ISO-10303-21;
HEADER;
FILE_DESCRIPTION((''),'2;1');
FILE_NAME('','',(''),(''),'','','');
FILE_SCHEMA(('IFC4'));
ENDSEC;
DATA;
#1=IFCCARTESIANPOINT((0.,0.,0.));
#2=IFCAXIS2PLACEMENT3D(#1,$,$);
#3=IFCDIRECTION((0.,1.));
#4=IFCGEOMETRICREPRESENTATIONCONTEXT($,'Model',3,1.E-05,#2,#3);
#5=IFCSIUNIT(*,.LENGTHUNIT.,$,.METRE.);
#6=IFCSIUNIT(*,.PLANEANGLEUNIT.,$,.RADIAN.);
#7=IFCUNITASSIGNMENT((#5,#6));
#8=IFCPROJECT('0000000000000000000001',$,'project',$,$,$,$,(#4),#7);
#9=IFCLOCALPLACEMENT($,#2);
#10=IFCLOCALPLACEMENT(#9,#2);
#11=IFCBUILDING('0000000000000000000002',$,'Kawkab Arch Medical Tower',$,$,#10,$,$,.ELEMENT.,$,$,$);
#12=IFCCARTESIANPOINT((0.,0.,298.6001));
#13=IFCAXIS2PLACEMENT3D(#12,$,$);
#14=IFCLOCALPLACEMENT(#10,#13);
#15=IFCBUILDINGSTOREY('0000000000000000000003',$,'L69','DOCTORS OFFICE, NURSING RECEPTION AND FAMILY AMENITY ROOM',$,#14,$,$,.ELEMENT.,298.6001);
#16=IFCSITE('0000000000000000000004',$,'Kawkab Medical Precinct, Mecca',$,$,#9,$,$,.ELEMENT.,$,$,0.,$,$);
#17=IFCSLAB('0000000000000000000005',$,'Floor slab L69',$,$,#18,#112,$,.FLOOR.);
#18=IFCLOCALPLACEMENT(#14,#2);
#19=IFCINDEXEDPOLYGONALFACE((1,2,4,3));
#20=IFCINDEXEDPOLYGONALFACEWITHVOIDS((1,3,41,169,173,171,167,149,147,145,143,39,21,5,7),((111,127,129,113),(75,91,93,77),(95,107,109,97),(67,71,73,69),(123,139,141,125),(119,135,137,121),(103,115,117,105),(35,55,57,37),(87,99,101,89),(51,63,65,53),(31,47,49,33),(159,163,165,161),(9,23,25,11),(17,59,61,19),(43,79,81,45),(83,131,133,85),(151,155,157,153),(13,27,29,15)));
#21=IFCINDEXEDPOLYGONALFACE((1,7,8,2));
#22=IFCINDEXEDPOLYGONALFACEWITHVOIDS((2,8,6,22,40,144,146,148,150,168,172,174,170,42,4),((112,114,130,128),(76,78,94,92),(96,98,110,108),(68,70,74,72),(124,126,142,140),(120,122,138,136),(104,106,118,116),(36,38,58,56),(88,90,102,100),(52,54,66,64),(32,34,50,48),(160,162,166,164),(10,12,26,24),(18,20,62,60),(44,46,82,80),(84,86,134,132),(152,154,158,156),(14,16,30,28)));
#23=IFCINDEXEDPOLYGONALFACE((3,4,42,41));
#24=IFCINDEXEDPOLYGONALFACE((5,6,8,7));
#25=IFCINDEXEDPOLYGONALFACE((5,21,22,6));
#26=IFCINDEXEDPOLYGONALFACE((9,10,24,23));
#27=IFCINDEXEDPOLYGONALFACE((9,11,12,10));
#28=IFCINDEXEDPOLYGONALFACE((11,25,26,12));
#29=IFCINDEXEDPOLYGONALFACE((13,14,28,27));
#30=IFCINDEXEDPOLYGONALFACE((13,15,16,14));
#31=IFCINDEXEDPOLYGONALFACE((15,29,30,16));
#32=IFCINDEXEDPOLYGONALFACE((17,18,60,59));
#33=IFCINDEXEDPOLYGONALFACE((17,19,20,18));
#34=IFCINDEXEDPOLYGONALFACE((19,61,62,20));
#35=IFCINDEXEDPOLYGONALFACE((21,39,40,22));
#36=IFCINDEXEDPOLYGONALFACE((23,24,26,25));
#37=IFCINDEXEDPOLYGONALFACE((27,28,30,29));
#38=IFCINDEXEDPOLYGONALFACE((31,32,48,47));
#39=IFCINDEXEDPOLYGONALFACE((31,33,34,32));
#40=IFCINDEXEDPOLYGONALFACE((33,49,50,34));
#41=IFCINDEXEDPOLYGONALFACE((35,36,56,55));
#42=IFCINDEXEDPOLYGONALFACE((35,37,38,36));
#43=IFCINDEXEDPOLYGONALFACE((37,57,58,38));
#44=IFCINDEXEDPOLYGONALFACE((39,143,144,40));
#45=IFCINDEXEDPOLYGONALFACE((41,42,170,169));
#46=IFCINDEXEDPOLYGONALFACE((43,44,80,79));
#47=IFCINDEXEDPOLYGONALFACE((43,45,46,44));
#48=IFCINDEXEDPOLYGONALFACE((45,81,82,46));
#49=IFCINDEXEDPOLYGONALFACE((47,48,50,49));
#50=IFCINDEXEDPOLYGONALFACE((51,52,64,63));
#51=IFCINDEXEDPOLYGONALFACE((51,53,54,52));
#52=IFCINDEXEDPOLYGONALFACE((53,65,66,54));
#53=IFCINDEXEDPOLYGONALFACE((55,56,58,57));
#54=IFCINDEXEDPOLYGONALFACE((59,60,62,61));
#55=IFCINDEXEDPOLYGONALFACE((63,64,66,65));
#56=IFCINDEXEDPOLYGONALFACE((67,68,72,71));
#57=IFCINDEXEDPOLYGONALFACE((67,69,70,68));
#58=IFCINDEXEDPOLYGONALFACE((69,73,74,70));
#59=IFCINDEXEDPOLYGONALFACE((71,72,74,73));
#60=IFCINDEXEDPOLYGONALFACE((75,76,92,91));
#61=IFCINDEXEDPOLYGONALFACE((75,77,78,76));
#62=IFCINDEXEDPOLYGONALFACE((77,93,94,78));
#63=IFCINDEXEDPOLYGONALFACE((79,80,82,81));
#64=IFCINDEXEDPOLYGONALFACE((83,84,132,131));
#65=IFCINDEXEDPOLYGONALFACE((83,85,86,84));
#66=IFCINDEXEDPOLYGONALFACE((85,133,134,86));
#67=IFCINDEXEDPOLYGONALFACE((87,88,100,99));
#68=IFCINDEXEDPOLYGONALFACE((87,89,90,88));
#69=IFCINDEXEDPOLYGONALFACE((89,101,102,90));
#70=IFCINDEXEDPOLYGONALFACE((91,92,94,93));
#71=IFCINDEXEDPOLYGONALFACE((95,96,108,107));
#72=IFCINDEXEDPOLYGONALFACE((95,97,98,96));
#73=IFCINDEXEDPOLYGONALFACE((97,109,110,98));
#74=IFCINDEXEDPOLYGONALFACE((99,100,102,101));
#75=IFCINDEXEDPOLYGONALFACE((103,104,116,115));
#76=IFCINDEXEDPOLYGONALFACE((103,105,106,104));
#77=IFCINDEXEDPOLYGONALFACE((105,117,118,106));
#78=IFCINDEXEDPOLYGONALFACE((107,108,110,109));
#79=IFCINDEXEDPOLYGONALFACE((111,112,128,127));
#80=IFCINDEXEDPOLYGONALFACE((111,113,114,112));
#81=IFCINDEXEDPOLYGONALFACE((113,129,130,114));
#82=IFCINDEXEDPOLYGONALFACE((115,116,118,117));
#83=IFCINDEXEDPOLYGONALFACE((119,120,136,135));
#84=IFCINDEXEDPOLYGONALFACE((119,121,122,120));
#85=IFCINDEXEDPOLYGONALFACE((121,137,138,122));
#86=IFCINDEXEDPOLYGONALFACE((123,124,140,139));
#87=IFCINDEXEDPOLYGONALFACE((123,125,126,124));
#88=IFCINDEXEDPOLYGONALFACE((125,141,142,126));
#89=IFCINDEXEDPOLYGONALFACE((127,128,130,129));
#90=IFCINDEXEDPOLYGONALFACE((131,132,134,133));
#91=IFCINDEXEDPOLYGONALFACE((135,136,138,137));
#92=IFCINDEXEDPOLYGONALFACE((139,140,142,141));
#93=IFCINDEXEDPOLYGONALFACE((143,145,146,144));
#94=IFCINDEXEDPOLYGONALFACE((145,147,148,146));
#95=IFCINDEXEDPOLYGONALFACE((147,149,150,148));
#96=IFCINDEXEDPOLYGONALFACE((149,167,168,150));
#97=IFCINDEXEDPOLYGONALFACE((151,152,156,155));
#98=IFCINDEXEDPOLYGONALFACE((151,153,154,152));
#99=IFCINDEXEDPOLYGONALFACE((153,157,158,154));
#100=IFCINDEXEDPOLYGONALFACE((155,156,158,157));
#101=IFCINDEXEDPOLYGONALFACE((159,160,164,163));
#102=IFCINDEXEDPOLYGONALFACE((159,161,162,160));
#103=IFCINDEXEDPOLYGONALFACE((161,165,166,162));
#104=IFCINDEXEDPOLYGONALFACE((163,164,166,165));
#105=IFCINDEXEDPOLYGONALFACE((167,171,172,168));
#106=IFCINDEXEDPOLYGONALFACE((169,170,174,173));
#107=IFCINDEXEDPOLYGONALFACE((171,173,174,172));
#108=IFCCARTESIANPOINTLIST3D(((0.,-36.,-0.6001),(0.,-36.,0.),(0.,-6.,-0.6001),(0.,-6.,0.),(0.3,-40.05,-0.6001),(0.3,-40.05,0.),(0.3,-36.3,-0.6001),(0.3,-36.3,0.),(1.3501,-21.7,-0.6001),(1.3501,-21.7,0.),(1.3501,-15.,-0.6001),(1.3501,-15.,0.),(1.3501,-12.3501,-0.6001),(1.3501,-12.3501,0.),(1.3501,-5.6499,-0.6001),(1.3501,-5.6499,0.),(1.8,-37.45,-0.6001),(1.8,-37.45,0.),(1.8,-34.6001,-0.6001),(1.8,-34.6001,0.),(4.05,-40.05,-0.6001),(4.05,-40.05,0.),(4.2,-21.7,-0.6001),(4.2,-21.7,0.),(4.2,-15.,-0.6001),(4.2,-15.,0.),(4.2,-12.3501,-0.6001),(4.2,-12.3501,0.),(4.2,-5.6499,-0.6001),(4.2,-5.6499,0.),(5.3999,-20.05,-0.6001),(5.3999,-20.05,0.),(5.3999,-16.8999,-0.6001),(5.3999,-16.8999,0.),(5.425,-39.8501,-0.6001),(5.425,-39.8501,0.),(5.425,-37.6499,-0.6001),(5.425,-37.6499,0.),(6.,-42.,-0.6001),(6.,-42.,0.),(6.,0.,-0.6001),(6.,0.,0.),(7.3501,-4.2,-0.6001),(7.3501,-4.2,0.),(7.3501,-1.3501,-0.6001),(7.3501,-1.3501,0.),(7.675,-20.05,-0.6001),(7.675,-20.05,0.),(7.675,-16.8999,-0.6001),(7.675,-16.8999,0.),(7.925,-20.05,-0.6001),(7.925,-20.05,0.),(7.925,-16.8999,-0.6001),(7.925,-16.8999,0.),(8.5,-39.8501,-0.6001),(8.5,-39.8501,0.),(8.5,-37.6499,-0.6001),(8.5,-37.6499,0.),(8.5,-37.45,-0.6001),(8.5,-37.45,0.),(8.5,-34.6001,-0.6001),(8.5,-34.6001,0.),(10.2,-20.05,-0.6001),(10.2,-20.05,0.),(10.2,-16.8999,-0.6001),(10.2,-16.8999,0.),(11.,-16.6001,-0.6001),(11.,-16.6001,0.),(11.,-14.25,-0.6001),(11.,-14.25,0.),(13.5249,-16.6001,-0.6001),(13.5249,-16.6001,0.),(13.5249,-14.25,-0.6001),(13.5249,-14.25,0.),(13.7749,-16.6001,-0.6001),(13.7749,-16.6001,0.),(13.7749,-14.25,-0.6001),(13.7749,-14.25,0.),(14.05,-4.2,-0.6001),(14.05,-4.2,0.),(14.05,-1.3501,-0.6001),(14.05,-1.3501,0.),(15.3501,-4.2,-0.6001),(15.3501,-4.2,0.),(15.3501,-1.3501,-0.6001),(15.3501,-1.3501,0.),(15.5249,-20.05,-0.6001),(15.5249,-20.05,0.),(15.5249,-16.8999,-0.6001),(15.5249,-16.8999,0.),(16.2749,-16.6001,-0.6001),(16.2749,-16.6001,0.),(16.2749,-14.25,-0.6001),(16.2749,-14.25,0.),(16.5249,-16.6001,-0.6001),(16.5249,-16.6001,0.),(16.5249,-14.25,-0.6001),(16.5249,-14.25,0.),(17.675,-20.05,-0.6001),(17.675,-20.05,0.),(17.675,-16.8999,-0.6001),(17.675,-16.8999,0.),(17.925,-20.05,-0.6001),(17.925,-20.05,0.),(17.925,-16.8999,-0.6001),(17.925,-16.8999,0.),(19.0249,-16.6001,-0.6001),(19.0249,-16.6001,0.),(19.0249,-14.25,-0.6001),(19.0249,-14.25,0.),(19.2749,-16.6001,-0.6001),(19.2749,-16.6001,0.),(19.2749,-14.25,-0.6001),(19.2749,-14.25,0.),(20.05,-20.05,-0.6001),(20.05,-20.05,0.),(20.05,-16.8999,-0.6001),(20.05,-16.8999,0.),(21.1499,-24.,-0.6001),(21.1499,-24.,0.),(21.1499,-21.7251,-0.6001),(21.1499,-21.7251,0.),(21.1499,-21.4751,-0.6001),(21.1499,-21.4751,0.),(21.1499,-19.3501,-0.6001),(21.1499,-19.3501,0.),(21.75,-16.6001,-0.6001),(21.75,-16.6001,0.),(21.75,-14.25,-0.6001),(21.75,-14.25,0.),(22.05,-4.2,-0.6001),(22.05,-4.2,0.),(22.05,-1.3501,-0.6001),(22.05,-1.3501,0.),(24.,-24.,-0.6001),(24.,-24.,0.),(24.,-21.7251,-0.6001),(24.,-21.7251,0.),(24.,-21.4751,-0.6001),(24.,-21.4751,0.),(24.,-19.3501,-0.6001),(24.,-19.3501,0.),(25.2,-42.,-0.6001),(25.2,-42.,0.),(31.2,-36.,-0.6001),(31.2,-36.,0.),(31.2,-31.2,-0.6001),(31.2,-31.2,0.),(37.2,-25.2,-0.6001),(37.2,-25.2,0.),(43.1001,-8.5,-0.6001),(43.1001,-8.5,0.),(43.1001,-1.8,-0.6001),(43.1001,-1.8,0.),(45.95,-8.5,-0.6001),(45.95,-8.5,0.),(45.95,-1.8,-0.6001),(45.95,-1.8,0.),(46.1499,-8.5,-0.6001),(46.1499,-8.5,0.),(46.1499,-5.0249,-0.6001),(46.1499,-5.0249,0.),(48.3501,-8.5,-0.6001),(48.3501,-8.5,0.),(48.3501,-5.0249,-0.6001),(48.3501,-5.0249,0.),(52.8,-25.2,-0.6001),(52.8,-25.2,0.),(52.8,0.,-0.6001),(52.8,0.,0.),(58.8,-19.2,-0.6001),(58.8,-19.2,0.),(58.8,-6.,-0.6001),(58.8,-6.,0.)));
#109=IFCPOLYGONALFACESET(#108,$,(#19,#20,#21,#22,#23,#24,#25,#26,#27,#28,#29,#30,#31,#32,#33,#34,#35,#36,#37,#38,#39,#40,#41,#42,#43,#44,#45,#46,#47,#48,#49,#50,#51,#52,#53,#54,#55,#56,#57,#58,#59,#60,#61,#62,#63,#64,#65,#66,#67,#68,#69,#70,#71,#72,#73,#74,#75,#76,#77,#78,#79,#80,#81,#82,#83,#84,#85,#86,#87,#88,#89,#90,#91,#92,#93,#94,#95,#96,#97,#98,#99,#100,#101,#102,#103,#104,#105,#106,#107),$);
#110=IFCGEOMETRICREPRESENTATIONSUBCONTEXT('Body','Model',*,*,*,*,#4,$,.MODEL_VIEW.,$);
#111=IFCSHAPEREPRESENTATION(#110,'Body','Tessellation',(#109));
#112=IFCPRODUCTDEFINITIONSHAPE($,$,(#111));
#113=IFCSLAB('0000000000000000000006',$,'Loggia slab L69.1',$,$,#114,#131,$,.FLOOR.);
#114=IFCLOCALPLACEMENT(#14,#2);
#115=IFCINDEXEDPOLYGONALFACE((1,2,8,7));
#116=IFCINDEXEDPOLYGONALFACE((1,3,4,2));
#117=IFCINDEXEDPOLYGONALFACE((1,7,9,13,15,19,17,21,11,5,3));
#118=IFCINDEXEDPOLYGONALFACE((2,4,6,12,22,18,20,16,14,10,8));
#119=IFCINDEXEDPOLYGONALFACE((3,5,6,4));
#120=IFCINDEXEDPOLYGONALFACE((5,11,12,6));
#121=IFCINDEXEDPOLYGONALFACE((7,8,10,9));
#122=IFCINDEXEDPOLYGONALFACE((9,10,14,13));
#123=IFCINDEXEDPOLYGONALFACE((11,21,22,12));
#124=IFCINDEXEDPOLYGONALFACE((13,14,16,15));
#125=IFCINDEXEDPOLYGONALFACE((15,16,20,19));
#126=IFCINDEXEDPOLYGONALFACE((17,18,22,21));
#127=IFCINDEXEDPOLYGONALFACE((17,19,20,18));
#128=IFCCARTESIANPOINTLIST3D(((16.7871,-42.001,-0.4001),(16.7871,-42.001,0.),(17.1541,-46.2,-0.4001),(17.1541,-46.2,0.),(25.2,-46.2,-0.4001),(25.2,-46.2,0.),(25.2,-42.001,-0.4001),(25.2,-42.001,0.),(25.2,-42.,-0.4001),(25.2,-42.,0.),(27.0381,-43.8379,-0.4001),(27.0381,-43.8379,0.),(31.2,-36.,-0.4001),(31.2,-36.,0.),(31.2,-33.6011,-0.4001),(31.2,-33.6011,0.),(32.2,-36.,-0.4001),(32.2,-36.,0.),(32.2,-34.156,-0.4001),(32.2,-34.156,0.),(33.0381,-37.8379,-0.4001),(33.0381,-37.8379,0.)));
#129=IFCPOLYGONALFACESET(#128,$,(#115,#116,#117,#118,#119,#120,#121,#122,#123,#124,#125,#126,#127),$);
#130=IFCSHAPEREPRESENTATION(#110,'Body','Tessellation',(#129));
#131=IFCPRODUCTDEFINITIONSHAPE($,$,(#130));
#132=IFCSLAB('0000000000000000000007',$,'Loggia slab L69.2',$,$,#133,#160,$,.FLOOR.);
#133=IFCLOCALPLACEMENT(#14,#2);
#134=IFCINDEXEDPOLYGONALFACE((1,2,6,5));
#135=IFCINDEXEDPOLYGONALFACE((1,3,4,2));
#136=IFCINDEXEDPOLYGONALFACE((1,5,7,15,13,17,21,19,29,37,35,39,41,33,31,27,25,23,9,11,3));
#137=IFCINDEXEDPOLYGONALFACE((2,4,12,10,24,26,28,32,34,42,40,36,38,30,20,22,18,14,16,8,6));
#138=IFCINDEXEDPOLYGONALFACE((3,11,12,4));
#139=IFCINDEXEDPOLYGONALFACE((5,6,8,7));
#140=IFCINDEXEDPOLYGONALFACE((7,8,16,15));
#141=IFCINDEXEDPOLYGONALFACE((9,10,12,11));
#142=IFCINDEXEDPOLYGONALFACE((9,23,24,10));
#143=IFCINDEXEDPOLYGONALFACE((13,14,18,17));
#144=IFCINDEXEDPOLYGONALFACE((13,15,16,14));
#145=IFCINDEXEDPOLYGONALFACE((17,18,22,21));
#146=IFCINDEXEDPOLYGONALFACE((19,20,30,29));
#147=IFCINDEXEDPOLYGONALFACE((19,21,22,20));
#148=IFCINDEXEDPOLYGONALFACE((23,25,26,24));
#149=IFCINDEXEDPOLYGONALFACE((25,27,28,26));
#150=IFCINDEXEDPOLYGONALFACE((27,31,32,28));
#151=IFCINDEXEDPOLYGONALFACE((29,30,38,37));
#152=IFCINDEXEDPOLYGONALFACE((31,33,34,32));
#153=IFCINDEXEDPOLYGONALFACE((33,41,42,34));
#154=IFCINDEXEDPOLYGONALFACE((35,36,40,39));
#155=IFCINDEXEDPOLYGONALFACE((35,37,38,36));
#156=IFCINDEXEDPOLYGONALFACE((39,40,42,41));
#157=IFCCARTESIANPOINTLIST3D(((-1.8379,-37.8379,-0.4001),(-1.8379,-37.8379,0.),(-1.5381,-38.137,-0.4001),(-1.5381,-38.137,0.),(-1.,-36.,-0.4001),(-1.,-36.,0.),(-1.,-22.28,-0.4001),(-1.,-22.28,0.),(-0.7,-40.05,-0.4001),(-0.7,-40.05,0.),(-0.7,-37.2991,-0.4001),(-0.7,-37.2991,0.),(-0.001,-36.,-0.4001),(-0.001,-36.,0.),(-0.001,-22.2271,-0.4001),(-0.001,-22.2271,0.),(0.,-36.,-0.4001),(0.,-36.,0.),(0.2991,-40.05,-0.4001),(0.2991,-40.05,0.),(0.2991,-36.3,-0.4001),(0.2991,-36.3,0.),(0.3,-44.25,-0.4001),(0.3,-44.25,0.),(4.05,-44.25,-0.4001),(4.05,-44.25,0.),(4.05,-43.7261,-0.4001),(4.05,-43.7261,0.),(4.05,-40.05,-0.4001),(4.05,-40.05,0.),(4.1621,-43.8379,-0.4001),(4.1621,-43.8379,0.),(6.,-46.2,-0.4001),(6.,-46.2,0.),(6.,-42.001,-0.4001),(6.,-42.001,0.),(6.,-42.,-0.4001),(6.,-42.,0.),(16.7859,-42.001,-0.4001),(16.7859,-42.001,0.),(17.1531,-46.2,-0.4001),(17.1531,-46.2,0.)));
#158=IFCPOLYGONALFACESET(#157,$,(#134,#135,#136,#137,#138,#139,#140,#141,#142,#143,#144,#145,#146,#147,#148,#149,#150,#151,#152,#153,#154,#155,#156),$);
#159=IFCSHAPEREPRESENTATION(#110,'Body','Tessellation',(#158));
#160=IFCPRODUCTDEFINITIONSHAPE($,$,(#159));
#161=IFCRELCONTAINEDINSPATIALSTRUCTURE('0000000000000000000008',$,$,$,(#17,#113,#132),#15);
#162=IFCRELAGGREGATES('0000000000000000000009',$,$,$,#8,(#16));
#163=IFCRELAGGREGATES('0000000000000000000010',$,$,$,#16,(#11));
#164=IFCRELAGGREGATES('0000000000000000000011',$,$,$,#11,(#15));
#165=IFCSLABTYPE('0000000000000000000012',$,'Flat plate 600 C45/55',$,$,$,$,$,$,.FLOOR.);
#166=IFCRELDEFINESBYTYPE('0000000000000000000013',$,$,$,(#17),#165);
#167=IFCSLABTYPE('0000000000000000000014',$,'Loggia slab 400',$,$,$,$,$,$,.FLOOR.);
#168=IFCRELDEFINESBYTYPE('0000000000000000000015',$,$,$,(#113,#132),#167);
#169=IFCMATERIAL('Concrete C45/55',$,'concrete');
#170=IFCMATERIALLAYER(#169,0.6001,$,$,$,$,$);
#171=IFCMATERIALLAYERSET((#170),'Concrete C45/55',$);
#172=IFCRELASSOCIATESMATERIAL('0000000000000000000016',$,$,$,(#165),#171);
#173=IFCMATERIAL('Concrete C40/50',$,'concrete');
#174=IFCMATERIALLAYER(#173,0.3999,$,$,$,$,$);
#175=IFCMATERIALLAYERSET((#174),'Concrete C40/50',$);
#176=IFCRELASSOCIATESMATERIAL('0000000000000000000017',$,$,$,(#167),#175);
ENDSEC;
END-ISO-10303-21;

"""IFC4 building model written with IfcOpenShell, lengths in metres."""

from ifc_helpers import new_model, si_unit, direction, frame, origin, place, context, subcontext, project, spatial, polyline, outline, extrude, material, layer, layer_set, type_object, element, save


model = new_model("IFC4")

# Units and contexts
model_context = context("Model", 3, precision=1e-05, world=origin(), true_north=direction((0.0, 1.0)))
body_context = subcontext(model_context, "Body", "Model", "MODEL_VIEW")
ifc_project = project(units=[si_unit("LENGTHUNIT", "METRE"), si_unit("PLANEANGLEUNIT", "RADIAN")], contexts=[model_context])

# Site, building, storey
site_placement = place(None, origin())
site = spatial("IfcSite", under=ifc_project, at=site_placement, Name="Kawkab Medical Precinct, Mecca", CompositionType="ELEMENT", RefElevation=0.0)
building_placement = place(site_placement, origin())
building = spatial("IfcBuilding", under=site, at=building_placement, Name="Kawkab Arch Medical Tower", CompositionType="ELEMENT")
storey_placement = place(building_placement, frame((0.0, 0.0, 298.6001)))
storey = spatial("IfcBuildingStorey", under=building, at=storey_placement, Name="L69", Description="DOCTORS OFFICE, NURSING RECEPTION AND FAMILY AMENITY ROOM", CompositionType="ELEMENT", Elevation=298.6001)

# Slabs
ifc_material_1 = material(Name="Concrete C45/55", Category="concrete")
ifc_layer_1 = layer(ifc_material_1, 0.6001)
ifc_layer_set_1 = layer_set([ifc_layer_1], Name="Concrete C45/55")
slab_type_1 = type_object("IfcSlabType", Name="Flat plate 600 C45/55", PredefinedType="FLOOR", material=ifc_layer_set_1)
slab_1_placement = place(storey_placement, frame((0.0, 0.0, -0.6001)))
element("IfcSlab", 1, at=slab_1_placement, inside=storey, type_object=slab_type_1, Name="Floor slab L69", PredefinedType="FLOOR", context=body_context, shape_type="SweptSolid", body=[
    extrude(outline(polyline([(52.8, 0.0), (58.8, -6.0), (58.8, -19.2), (52.8, -25.2), (37.2, -25.2), (31.2, -31.2), (31.2, -36.0), (25.2, -42.0), (6.0, -42.0), (4.05, -40.05), (0.3, -40.05), (0.3, -36.3), (0.0, -36.0), (0.0, -6.0), (6.0, 0.0), (52.8, 0.0)]), holes=[polyline([(5.425, -37.6499), (5.425, -39.8501), (8.5, -39.8501), (8.5, -37.6499), (5.425, -37.6499)]), polyline([(8.5, -37.45), (8.5, -34.6001), (1.8, -34.6001), (1.8, -37.45), (8.5, -37.45)]), polyline([(5.3999, -20.05), (7.675, -20.05), (7.675, -16.8999), (5.3999, -16.8999), (5.3999, -20.05)]), polyline([(10.2, -16.8999), (7.925, -16.8999), (7.925, -20.05), (10.2, -20.05), (10.2, -16.8999)]), polyline([(4.2, -15.0), (1.3501, -15.0), (1.3501, -21.7), (4.2, -21.7), (4.2, -15.0)]), polyline([(11.0, -16.6001), (13.5249, -16.6001), (13.5249, -14.25), (11.0, -14.25), (11.0, -16.6001)]), polyline([(13.7749, -16.6001), (16.2749, -16.6001), (16.2749, -14.25), (13.7749, -14.25), (13.7749, -16.6001)]), polyline([(4.2, -12.3501), (4.2, -5.6499), (1.3501, -5.6499), (1.3501, -12.3501), (4.2, -12.3501)]), polyline([(7.3501, -4.2), (14.05, -4.2), (14.05, -1.3501), (7.3501, -1.3501), (7.3501, -4.2)]), polyline([(24.0, -21.7251), (21.1499, -21.7251), (21.1499, -24.0), (24.0, -24.0), (24.0, -21.7251)]), polyline([(24.0, -19.3501), (21.1499, -19.3501), (21.1499, -21.4751), (24.0, -21.4751), (24.0, -19.3501)]), polyline([(17.675, -16.8999), (15.5249, -16.8999), (15.5249, -20.05), (17.675, -20.05), (17.675, -16.8999)]), polyline([(20.05, -16.8999), (17.925, -16.8999), (17.925, -20.05), (20.05, -20.05), (20.05, -16.8999)]), polyline([(19.0249, -14.25), (16.5249, -14.25), (16.5249, -16.6001), (19.0249, -16.6001), (19.0249, -14.25)]), polyline([(21.75, -16.6001), (21.75, -14.25), (19.2749, -14.25), (19.2749, -16.6001), (21.75, -16.6001)]), polyline([(46.1499, -8.5), (48.3501, -8.5), (48.3501, -5.0249), (46.1499, -5.0249), (46.1499, -8.5)]), polyline([(43.1001, -1.8), (43.1001, -8.5), (45.95, -8.5), (45.95, -1.8), (43.1001, -1.8)]), polyline([(22.05, -1.3501), (15.3501, -1.3501), (15.3501, -4.2), (22.05, -4.2), (22.05, -1.3501)])]), origin(), (0.0, 0.0, 1.0), 0.6001),
])
ifc_material_2 = material(Name="Concrete C40/50", Category="concrete")
ifc_layer_2 = layer(ifc_material_2, 0.3999)
ifc_layer_set_2 = layer_set([ifc_layer_2], Name="Concrete C40/50")
slab_type_2 = type_object("IfcSlabType", Name="Loggia slab 400", PredefinedType="FLOOR", material=ifc_layer_set_2)
placement_1 = place(storey_placement, frame((0.0, 0.0, -0.4001)))
element("IfcSlab", 2, at=placement_1, inside=storey, type_object=slab_type_2, Name="Loggia slab L69.1", PredefinedType="FLOOR", context=body_context, shape_type="SweptSolid", body=[
    extrude(outline(polyline([(33.0381, -37.8379), (27.0381, -43.8379), (25.2, -46.2), (17.1541, -46.2), (16.7871, -42.001), (25.2, -42.001), (25.2, -42.0), (31.2, -36.0), (31.2, -33.6011), (32.2, -34.156), (32.2, -36.0), (33.0381, -37.8379)])), origin(), (0.0, 0.0, 1.0), 0.4001),
])
element("IfcSlab", 3, at=placement_1, inside=storey, type_object=slab_type_2, Name="Loggia slab L69.2", PredefinedType="FLOOR", context=body_context, shape_type="SweptSolid", body=[
    extrude(outline(polyline([(4.05, -44.25), (0.3, -44.25), (-0.7, -40.05), (-0.7, -37.2991), (-1.5381, -38.137), (-1.8379, -37.8379), (-1.0, -36.0), (-1.0, -22.28), (-0.001, -22.2271), (-0.001, -36.0), (0.0, -36.0), (0.2991, -36.3), (0.2991, -40.05), (4.05, -40.05), (6.0, -42.0), (6.0, -42.001), (16.7859, -42.001), (17.1531, -46.2), (6.0, -46.2), (4.1621, -43.8379), (4.05, -43.7261), (4.05, -44.25)])), origin(), (0.0, 0.0, 1.0), 0.4001),
])

save(model, "model.ifc")
